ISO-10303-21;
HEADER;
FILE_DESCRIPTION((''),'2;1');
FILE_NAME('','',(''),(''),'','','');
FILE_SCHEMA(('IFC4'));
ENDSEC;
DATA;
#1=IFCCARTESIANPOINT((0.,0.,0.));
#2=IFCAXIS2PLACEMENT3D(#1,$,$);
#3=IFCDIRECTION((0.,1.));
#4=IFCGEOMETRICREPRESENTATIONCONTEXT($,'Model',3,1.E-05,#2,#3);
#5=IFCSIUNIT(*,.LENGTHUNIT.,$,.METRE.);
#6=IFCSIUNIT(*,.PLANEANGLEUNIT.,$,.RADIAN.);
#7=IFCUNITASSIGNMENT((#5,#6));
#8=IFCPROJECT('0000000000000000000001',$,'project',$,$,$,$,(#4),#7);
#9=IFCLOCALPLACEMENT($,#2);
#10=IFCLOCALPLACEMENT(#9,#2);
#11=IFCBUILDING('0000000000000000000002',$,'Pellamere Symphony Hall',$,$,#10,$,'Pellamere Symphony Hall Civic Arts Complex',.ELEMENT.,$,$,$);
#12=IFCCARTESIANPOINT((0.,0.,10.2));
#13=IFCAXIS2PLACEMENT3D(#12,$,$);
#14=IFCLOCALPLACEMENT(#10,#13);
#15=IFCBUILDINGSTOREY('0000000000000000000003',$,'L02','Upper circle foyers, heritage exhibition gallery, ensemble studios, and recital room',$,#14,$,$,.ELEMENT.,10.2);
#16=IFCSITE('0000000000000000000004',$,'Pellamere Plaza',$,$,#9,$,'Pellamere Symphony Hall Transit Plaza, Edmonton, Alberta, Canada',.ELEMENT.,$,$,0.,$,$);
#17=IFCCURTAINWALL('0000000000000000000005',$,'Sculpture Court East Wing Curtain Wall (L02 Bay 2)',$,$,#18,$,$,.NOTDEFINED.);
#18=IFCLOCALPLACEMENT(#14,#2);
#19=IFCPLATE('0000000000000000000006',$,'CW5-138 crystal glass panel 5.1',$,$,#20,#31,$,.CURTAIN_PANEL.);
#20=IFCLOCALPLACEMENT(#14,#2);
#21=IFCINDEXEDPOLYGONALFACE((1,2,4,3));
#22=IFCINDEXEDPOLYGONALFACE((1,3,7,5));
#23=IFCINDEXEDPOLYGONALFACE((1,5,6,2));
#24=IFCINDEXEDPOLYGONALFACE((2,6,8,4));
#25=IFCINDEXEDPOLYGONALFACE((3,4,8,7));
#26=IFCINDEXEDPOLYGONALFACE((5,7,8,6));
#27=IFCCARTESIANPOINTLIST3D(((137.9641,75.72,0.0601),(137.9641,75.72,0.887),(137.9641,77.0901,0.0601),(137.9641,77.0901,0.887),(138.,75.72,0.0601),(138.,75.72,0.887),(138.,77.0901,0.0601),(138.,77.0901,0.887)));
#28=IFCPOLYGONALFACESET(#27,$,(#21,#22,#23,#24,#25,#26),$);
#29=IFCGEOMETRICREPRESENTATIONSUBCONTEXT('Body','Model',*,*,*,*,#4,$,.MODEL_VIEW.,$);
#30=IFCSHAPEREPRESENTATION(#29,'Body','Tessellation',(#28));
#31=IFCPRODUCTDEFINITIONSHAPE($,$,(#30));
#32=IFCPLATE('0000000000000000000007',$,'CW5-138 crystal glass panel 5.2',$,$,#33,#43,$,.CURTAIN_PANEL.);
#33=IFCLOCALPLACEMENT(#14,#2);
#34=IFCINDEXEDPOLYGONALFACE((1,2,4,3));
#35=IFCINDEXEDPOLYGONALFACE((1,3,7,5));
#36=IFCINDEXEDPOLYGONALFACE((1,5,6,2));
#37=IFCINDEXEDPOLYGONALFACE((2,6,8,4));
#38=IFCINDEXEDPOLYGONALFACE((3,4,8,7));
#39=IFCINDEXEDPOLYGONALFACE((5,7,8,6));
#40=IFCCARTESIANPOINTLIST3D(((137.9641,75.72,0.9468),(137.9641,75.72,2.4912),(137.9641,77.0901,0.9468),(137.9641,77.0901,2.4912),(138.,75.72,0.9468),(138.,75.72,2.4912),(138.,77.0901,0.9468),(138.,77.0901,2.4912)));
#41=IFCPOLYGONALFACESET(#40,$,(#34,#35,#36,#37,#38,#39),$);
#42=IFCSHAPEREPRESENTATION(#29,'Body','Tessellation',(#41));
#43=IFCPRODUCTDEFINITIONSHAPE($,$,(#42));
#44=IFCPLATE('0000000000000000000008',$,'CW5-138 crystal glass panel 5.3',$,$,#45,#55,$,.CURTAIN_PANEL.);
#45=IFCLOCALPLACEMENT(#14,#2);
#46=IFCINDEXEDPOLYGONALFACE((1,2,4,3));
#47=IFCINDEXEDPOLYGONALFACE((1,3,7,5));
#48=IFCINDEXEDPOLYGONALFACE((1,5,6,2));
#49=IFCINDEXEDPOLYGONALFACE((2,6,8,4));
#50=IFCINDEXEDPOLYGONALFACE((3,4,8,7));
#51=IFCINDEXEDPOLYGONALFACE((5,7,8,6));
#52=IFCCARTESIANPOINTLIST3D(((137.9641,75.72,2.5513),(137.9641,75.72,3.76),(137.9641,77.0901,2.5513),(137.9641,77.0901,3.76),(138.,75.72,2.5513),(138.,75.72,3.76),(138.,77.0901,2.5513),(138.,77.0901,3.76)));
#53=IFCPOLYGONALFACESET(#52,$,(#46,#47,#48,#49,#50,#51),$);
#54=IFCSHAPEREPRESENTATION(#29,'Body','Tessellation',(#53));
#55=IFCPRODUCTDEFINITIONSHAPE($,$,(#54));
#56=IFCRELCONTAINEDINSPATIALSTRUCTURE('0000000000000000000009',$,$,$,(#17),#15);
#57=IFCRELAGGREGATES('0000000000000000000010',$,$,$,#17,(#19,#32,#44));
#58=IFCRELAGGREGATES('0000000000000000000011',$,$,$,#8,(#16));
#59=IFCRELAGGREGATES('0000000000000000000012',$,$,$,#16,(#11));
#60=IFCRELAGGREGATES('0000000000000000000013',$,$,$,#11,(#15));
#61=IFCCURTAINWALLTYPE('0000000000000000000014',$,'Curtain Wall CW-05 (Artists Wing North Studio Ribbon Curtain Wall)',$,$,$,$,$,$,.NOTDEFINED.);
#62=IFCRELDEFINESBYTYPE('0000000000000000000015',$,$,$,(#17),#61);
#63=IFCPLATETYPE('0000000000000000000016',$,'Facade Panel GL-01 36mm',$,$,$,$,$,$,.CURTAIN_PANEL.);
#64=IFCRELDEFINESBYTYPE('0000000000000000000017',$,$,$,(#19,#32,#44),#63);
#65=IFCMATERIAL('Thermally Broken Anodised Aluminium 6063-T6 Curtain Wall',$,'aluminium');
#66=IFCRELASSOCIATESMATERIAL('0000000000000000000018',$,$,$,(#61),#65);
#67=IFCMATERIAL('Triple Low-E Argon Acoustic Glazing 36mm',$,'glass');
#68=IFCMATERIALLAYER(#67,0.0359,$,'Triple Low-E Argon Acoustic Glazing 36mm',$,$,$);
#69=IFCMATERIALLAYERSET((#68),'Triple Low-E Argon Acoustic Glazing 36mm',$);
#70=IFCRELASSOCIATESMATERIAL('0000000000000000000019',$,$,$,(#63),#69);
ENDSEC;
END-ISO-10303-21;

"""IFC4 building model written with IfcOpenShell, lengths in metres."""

from ifc_helpers import new_model, si_unit, direction, frame, origin, place, context, subcontext, project, spatial, polyline, outline, extrude, material, layer, layer_set, type_object, element, aggregate, save


model = new_model("IFC4")

# Units and contexts
model_context = context("Model", 3, precision=1e-05, world=origin(), true_north=direction((0.0, 1.0)))
body_context = subcontext(model_context, "Body", "Model", "MODEL_VIEW")
ifc_project = project(units=[si_unit("LENGTHUNIT", "METRE"), si_unit("PLANEANGLEUNIT", "RADIAN")], contexts=[model_context])

# Site, building, storey
site_placement = place(None, origin())
site = spatial("IfcSite", under=ifc_project, at=site_placement, Name="Pellamere Plaza", LongName="Pellamere Symphony Hall Transit Plaza, Edmonton, Alberta, Canada", CompositionType="ELEMENT", RefElevation=0.0)
building_placement = place(site_placement, origin())
building = spatial("IfcBuilding", under=site, at=building_placement, Name="Pellamere Symphony Hall", LongName="Pellamere Symphony Hall Civic Arts Complex", CompositionType="ELEMENT")
storey_placement = place(building_placement, frame((0.0, 0.0, 10.2)))
storey = spatial("IfcBuildingStorey", under=building, at=storey_placement, Name="L02", Description="Upper circle foyers, heritage exhibition gallery, ensemble studios, and recital room", CompositionType="ELEMENT", Elevation=10.2)

# Curtain wall, plates
ifc_material_1 = material(Name="Thermally Broken Anodised Aluminium 6063-T6 Curtain Wall", Category="aluminium")
curtain_wall_type = type_object("IfcCurtainWallType", Name="Curtain Wall CW-05 (Artists Wing North Studio Ribbon Curtain Wall)", PredefinedType="NOTDEFINED", material=ifc_material_1)
curtain_wall_placement = place(storey_placement, origin())
curtain_wall = element("IfcCurtainWall", 1, at=curtain_wall_placement, inside=storey, type_object=curtain_wall_type, Name="Sculpture Court East Wing Curtain Wall (L02 Bay 2)", PredefinedType="NOTDEFINED")
ifc_material_2 = material(Name="Triple Low-E Argon Acoustic Glazing 36mm", Category="glass")
ifc_layer = layer(ifc_material_2, 0.0359, Name="Triple Low-E Argon Acoustic Glazing 36mm")
ifc_layer_set = layer_set([ifc_layer], Name="Triple Low-E Argon Acoustic Glazing 36mm")
plate_type = type_object("IfcPlateType", Name="Facade Panel GL-01 36mm", PredefinedType="CURTAIN_PANEL", material=ifc_layer_set)
plate_1_placement = place(storey_placement, frame((138.0, 75.72, 0.0601), z_axis=(1.0, 0.0, 0.0), x_axis=(0.0, 1.0, 0.0)))
plate_1 = element("IfcPlate", 2, at=plate_1_placement, type_object=plate_type, Name="CW5-138 crystal glass panel 5.1", PredefinedType="CURTAIN_PANEL", context=body_context, shape_type="SweptSolid", body=[
    extrude(outline(polyline([(0.0, 0.0), (1.3701, 0.0), (1.3701, 0.8269), (0.0, 0.8269), (0.0, 0.0)])), origin(), (0.0, 0.0, -1.0), 0.0359),
])
plate_2_placement = place(storey_placement, frame((138.0, 75.72, 0.9468), z_axis=(1.0, 0.0, 0.0), x_axis=(0.0, 1.0, 0.0)))
plate_2 = element("IfcPlate", 3, at=plate_2_placement, type_object=plate_type, Name="CW5-138 crystal glass panel 5.2", PredefinedType="CURTAIN_PANEL", context=body_context, shape_type="SweptSolid", body=[
    extrude(outline(polyline([(0.0, 0.0), (1.3701, 0.0), (1.3701, 1.5444), (0.0, 1.5444), (0.0, 0.0)])), origin(), (0.0, 0.0, -1.0), 0.0359),
])
plate_3_placement = place(storey_placement, frame((138.0, 75.72, 2.5513), z_axis=(1.0, 0.0, 0.0), x_axis=(0.0, 1.0, 0.0)))
plate_3 = element("IfcPlate", 4, at=plate_3_placement, type_object=plate_type, Name="CW5-138 crystal glass panel 5.3", PredefinedType="CURTAIN_PANEL", context=body_context, shape_type="SweptSolid", body=[
    extrude(outline(polyline([(0.0, 0.0), (1.3701, 0.0), (1.3701, 1.2087), (0.0, 1.2087), (0.0, 0.0)])), origin(), (0.0, 0.0, -1.0), 0.0359),
])
aggregate(curtain_wall, [plate_1, plate_2, plate_3])

save(model, "model.ifc")
